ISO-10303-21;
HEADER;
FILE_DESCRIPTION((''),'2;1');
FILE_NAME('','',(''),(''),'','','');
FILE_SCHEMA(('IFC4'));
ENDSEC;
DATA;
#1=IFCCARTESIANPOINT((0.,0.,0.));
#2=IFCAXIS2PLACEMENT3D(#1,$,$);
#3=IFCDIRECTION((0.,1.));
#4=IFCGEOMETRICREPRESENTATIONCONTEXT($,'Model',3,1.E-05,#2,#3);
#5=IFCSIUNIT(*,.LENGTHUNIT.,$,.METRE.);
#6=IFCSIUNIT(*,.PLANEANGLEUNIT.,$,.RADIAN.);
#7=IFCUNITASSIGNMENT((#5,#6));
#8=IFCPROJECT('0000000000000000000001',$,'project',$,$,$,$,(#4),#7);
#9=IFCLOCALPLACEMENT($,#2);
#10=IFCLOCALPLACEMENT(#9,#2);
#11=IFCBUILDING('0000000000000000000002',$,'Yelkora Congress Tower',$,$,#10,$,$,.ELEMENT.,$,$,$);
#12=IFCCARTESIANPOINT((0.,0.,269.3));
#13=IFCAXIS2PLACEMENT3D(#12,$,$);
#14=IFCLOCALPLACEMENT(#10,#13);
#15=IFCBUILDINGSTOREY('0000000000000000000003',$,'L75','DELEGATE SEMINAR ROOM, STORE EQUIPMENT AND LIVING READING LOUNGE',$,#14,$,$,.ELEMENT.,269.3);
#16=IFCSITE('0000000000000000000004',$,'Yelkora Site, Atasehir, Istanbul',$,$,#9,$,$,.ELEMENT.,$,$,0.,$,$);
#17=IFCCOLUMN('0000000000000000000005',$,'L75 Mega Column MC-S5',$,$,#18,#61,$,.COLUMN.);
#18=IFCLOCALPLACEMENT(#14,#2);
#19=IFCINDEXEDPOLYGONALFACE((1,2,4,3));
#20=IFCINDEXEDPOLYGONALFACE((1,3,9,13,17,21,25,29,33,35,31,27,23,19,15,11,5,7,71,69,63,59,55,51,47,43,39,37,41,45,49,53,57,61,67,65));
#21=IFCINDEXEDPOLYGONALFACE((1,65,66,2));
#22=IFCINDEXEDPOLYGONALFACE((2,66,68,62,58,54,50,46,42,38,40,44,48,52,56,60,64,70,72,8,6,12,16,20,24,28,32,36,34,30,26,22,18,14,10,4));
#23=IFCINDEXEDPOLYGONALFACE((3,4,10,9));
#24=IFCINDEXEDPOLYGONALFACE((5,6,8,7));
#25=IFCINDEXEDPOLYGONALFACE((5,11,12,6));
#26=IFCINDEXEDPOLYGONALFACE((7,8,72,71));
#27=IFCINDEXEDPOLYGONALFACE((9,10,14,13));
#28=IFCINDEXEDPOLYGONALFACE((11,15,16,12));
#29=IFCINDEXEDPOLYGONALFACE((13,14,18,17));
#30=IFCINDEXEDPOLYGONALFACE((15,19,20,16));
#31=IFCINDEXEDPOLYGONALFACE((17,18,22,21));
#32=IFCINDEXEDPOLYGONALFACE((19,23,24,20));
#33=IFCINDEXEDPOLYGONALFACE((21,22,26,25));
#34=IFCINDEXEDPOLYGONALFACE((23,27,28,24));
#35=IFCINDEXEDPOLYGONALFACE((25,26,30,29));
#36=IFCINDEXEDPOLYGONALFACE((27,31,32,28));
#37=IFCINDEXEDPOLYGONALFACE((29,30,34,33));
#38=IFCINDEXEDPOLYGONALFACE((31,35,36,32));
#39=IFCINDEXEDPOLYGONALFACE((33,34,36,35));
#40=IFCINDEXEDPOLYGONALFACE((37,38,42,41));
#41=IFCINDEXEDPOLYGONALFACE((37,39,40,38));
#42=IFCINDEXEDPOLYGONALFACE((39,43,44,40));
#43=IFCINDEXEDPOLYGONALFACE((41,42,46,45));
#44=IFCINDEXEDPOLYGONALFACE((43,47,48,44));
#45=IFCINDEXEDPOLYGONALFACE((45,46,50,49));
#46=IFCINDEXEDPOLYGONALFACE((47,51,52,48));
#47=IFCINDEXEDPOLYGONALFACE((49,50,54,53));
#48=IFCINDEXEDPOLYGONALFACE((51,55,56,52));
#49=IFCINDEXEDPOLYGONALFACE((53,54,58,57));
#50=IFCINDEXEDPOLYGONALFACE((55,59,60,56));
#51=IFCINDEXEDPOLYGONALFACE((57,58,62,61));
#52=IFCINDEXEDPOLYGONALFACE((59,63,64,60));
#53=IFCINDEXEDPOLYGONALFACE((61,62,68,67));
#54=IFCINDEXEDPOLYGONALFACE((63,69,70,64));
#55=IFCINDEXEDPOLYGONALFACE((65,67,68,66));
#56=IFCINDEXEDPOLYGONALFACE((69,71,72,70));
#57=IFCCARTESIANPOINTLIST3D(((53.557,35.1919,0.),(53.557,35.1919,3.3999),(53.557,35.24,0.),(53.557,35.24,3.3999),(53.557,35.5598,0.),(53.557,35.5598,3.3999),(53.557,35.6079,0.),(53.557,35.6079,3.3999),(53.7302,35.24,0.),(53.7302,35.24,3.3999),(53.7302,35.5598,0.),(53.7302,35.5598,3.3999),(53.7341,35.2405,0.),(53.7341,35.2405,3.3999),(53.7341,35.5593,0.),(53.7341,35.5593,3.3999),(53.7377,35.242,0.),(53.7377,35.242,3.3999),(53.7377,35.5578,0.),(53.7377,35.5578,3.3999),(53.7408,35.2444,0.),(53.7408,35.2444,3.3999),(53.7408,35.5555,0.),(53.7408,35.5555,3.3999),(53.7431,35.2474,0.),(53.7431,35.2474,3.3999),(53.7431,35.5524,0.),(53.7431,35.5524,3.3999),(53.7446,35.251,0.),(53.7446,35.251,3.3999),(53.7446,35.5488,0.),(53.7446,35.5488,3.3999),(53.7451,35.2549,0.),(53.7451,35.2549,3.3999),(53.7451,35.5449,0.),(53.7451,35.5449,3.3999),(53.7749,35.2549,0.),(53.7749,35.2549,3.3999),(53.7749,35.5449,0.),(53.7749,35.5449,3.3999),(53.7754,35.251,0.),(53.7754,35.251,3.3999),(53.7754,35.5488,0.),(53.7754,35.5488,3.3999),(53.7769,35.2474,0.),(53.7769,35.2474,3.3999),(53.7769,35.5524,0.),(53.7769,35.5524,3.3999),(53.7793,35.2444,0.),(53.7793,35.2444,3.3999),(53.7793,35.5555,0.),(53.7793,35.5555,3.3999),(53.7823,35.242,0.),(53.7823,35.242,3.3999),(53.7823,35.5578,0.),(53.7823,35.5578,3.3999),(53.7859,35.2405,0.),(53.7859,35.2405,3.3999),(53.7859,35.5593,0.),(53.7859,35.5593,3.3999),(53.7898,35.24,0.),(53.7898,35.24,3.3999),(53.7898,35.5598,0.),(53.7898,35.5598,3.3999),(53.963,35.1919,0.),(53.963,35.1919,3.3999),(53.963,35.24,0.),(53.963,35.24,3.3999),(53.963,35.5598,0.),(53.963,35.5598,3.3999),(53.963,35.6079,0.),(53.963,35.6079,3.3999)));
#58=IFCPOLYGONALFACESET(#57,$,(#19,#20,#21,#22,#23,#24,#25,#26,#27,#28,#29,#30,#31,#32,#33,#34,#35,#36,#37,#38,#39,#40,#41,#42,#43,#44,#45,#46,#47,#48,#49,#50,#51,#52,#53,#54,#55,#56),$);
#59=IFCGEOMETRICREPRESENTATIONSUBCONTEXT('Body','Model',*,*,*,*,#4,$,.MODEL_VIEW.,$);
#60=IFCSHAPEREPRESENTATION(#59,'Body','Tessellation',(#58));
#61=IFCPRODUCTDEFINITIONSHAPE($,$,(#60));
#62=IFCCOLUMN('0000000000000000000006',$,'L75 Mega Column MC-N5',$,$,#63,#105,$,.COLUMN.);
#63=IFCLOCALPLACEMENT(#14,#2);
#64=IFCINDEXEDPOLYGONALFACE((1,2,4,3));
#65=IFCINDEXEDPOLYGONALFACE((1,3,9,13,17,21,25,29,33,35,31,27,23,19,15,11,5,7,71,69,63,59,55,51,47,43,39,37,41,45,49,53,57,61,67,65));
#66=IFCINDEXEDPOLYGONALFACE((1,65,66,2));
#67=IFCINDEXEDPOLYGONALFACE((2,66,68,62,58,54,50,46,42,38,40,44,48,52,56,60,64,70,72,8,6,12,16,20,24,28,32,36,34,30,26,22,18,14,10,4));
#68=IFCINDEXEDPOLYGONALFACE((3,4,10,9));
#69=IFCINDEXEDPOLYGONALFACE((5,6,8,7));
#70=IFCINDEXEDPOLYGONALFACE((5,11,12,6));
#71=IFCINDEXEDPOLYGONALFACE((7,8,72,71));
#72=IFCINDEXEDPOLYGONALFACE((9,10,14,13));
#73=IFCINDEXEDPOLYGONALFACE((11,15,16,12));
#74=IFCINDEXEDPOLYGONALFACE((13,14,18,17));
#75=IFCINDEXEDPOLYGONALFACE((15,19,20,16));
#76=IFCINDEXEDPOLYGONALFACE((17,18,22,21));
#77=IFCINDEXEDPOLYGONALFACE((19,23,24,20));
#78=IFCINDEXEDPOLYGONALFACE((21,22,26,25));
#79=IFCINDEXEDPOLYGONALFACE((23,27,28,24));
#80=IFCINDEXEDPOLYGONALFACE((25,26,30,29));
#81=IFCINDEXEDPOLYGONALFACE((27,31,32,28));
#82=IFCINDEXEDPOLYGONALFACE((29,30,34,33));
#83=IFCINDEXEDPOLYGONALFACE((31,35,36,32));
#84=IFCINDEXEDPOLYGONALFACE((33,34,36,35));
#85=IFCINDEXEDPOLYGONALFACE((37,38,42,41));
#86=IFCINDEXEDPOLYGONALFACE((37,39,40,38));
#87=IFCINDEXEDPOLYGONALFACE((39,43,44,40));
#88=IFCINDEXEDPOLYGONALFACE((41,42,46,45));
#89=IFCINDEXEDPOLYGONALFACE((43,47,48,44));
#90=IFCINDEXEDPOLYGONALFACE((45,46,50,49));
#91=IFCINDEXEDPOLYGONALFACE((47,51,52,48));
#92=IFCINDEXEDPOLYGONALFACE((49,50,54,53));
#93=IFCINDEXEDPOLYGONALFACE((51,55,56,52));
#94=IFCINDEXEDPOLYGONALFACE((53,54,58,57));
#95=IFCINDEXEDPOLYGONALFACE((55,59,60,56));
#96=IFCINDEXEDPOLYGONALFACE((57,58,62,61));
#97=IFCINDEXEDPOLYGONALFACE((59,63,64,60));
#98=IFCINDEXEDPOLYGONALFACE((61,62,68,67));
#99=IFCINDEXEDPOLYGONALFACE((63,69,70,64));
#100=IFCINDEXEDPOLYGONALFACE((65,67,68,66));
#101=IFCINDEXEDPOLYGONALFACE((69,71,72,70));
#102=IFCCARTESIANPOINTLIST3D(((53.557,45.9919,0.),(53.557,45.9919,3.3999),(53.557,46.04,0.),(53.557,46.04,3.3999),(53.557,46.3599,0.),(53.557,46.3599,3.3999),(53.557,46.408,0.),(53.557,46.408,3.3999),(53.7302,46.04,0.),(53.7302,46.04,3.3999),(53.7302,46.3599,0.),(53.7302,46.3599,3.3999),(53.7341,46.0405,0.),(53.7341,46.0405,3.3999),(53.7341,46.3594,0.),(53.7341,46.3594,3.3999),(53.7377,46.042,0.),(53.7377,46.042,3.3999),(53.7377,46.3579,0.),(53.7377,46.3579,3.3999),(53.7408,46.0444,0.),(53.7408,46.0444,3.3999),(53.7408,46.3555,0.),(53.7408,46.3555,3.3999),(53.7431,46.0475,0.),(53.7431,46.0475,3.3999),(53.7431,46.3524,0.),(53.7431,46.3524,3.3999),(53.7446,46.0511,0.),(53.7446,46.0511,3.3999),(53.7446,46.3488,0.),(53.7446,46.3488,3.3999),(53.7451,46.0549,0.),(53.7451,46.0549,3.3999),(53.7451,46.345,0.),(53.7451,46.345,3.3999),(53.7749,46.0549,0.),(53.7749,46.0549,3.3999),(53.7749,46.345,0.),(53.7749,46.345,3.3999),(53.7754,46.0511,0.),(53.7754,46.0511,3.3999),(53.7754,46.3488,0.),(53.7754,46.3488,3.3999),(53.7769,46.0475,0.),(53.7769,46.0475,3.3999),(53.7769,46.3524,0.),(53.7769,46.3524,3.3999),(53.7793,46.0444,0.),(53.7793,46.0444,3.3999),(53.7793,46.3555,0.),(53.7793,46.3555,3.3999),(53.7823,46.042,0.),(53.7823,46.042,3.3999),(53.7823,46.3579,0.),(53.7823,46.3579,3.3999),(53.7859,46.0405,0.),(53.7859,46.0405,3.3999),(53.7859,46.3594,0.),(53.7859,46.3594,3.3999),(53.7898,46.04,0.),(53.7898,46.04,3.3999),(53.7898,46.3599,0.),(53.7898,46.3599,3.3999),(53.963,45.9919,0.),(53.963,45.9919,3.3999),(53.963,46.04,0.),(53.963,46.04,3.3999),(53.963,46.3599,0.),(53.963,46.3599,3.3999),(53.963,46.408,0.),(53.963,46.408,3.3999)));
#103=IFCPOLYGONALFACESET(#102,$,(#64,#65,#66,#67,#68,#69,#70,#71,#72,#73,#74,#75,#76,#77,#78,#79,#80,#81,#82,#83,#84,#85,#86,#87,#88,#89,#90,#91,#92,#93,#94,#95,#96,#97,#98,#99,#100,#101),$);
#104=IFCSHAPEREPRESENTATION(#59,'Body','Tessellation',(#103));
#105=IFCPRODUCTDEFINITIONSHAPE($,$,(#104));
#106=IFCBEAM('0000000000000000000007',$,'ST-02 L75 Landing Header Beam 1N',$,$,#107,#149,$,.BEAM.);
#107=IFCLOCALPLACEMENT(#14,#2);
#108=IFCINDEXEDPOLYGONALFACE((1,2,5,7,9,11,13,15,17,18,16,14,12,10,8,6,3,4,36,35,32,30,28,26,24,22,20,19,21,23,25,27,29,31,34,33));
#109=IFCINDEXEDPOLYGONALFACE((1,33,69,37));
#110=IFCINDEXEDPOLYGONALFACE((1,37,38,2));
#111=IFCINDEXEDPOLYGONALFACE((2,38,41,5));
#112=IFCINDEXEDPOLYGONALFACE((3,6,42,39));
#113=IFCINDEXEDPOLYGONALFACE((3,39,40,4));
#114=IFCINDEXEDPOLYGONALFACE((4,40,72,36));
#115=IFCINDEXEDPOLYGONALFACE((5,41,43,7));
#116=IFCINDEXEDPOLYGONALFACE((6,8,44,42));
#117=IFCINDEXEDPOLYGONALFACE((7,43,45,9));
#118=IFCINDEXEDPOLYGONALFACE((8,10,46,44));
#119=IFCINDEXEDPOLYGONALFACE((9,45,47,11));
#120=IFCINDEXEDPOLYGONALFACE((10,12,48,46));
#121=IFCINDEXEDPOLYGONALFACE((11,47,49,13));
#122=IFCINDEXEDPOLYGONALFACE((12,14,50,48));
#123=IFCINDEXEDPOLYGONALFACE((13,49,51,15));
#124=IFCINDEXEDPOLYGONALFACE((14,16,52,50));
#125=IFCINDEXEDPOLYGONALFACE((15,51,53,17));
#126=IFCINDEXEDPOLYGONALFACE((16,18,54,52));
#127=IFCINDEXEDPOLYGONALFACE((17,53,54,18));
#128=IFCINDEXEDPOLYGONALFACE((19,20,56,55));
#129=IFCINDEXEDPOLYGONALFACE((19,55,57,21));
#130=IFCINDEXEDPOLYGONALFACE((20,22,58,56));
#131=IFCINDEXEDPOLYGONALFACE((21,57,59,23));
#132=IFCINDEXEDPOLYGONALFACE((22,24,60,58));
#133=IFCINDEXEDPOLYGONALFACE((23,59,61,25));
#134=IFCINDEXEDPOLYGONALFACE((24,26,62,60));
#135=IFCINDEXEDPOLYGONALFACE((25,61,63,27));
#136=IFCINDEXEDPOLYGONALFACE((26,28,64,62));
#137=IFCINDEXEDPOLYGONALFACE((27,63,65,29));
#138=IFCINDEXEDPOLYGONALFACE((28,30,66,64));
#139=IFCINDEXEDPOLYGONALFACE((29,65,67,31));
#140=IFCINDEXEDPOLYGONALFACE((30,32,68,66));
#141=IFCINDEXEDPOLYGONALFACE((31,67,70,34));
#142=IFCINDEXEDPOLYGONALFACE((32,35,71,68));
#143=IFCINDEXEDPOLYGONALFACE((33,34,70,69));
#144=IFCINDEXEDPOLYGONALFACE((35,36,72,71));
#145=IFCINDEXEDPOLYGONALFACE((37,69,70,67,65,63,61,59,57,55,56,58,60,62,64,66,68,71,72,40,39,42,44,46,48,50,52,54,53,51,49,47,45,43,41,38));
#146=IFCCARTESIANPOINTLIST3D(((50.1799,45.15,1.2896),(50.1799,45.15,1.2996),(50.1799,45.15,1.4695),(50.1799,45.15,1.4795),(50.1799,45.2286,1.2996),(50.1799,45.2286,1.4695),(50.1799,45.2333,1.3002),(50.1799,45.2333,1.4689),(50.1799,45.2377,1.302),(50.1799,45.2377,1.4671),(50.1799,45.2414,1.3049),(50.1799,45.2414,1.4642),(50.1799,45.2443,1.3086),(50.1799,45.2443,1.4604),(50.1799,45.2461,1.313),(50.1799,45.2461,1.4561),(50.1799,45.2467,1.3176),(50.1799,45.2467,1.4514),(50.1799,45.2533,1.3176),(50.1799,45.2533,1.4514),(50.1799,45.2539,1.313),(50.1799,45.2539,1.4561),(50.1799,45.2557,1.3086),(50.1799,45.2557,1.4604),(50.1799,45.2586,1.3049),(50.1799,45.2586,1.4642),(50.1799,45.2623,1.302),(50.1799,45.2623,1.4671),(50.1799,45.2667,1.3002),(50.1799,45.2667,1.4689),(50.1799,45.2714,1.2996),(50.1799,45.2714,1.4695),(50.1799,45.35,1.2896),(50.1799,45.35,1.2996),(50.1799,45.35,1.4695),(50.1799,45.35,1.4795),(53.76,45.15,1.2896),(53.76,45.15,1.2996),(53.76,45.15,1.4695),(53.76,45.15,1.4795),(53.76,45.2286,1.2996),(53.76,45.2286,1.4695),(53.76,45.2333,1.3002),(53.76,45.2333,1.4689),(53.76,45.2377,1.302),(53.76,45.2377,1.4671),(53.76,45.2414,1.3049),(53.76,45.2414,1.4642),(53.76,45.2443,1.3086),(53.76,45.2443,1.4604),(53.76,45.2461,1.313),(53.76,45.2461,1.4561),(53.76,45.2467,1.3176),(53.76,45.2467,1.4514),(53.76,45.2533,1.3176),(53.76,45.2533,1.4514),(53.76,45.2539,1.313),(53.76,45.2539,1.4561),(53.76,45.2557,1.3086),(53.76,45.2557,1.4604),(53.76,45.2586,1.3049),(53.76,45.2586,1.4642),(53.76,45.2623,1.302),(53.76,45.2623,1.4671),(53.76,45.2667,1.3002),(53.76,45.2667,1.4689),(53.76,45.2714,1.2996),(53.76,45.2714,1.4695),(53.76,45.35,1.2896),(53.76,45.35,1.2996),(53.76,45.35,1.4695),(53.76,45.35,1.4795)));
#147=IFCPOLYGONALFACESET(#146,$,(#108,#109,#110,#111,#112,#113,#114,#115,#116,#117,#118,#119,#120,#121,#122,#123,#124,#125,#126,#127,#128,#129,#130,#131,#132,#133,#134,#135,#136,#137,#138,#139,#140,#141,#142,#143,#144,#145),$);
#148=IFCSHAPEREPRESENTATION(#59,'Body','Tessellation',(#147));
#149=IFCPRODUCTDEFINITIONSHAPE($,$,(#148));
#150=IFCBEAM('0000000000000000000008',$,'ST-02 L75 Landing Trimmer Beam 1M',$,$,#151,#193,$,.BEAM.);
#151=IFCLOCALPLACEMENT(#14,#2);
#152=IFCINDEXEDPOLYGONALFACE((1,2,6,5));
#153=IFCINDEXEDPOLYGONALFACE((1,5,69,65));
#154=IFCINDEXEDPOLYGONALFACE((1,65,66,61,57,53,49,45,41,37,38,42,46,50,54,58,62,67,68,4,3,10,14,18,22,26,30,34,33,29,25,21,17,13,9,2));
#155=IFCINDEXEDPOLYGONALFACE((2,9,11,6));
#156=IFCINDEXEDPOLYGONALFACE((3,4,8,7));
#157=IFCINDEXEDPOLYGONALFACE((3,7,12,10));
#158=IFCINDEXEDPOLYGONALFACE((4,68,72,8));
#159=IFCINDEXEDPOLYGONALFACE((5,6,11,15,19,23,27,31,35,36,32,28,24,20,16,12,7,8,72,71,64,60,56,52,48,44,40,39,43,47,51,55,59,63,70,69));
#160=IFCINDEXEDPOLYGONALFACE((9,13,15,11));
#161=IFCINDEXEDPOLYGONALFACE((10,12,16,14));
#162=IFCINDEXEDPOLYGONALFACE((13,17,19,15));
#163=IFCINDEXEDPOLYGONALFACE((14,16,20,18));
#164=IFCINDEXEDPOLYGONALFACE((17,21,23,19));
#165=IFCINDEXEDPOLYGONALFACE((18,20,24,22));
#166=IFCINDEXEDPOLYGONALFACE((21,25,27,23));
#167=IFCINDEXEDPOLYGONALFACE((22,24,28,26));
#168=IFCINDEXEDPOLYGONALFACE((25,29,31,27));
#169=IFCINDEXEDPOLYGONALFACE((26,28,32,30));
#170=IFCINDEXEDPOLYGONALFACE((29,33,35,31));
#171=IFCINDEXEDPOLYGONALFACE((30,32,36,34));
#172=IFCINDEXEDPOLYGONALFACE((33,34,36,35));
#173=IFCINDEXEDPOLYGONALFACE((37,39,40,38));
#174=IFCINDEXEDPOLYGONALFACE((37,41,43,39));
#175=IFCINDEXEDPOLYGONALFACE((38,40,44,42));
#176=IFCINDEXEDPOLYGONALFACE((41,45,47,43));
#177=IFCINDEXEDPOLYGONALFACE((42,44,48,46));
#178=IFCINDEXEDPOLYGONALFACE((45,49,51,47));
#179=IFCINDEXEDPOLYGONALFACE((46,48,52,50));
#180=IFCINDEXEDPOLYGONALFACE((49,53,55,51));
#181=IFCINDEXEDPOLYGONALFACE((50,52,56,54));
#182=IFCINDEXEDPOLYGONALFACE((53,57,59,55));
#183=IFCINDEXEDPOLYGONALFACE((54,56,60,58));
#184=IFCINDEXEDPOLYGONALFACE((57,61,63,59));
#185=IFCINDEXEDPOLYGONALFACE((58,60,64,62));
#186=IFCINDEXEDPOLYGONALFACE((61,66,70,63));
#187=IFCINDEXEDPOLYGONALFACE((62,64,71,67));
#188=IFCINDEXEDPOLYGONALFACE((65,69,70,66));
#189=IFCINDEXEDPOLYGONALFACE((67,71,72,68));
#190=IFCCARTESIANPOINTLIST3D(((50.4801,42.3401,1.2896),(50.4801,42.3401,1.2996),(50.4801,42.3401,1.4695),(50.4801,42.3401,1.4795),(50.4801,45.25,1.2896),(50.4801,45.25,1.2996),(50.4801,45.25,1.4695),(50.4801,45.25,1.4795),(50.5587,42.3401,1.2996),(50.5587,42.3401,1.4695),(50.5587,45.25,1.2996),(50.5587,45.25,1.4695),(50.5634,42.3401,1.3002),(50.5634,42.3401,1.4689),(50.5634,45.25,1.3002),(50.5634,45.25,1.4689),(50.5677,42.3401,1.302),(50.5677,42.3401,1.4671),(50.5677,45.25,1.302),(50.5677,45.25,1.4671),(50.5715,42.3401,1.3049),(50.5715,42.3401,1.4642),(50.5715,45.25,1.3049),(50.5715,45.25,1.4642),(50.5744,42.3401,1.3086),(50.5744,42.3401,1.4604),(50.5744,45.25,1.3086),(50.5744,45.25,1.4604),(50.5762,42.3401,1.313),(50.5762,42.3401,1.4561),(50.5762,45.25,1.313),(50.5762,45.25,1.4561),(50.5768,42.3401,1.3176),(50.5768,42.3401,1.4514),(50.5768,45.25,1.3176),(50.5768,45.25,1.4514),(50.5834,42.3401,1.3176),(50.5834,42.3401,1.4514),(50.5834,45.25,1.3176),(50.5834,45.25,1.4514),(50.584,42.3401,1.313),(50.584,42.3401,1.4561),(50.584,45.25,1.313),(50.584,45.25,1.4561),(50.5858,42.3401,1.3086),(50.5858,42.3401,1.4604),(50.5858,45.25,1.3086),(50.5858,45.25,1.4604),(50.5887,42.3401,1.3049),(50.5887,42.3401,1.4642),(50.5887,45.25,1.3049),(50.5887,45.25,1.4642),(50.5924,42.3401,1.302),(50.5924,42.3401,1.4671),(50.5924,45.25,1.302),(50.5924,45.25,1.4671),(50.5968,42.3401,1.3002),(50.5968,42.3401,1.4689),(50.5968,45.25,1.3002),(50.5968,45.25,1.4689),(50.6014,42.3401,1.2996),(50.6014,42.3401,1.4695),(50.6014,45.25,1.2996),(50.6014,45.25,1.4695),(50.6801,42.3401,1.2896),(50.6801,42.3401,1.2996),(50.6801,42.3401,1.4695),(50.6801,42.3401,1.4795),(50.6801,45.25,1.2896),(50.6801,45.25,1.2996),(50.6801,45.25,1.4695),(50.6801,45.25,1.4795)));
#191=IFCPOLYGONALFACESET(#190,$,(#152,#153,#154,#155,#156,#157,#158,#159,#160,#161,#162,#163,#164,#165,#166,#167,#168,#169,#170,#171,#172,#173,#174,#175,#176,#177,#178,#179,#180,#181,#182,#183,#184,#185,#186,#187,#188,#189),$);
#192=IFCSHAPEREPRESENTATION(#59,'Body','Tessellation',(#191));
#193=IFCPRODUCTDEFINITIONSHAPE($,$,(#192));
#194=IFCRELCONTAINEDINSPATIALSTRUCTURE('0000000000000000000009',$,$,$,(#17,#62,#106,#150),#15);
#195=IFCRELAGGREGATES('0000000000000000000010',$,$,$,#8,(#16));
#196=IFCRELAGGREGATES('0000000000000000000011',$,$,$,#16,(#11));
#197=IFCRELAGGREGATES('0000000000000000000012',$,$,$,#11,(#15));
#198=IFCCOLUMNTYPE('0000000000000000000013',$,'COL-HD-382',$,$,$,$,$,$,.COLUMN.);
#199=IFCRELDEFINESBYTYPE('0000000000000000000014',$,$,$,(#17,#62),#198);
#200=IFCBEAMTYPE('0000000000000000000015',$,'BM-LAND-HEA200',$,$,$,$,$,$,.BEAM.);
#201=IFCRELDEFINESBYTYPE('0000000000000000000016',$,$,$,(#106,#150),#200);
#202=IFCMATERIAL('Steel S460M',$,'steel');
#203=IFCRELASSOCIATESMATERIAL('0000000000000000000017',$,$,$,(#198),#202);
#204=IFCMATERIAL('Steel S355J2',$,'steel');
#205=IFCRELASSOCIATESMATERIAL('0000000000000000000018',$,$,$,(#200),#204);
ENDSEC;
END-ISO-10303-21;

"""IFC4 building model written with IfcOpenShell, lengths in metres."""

from ifc_helpers import new_model, si_unit, direction, frame, origin, origin_2d, place, context, subcontext, project, spatial, i_section, extrude, material, material_profile, profile_set, type_object, element, save


model = new_model("IFC4")

# Units and contexts
model_context = context("Model", 3, precision=1e-05, world=origin(), true_north=direction((0.0, 1.0)))
body_context = subcontext(model_context, "Body", "Model", "MODEL_VIEW")
ifc_project = project(units=[si_unit("LENGTHUNIT", "METRE"), si_unit("PLANEANGLEUNIT", "RADIAN")], contexts=[model_context])

# Site, building, storey
site_placement = place(None, origin())
site = spatial("IfcSite", under=ifc_project, at=site_placement, Name="Yelkora Site, Atasehir, Istanbul", CompositionType="ELEMENT", RefElevation=0.0)
building_placement = place(site_placement, origin())
building = spatial("IfcBuilding", under=site, at=building_placement, Name="Yelkora Congress Tower", CompositionType="ELEMENT")
storey_placement = place(building_placement, frame((0.0, 0.0, 269.3)))
storey = spatial("IfcBuildingStorey", under=building, at=storey_placement, Name="L75", Description="DELEGATE SEMINAR ROOM, STORE EQUIPMENT AND LIVING READING LOUNGE", CompositionType="ELEMENT", Elevation=269.3)

# Columns
ifc_material_1 = material(Name="Steel S460M", Category="steel")
ifc_material_profile_1 = material_profile(ifc_material_1, i_section(OverallWidth=0.406, OverallDepth=0.416, WebThickness=0.0298, FlangeThickness=0.0481, FilletRadius=0.0149, at=origin_2d()), Name="HD 400x382")
ifc_profile_set_1 = profile_set([ifc_material_profile_1], Name="Steel S460M")
column_type = type_object("IfcColumnType", Name="COL-HD-382", PredefinedType="COLUMN", material=ifc_profile_set_1)
for number, where, z_axis, x_axis, name in (
    (1, (53.76, 35.3999, 0.0), (0.0, 0.0, 1.0), (1.0, 0.0, 0.0), "L75 Mega Column MC-S5"),
    (2, (53.76, 46.2, 0.0), (0.0, 0.0, 1.0), (1.0, 0.0, 0.0), "L75 Mega Column MC-N5"),
):
    element("IfcColumn", number, at=place(storey_placement, frame(where, z_axis=z_axis, x_axis=x_axis)), inside=storey, type_object=column_type, Name=name, PredefinedType="COLUMN", context=body_context, shape_type="SweptSolid", body=[
        extrude(i_section(OverallWidth=0.406, OverallDepth=0.416, WebThickness=0.0298, FlangeThickness=0.0481, FilletRadius=0.0149, at=origin_2d()), origin(), (0.0, 0.0, 1.0), 3.3999),
    ])

# Beams
ifc_material_2 = material(Name="Steel S355J2", Category="steel")
ifc_material_profile_2 = material_profile(ifc_material_2, i_section(OverallWidth=0.2, OverallDepth=0.1899, WebThickness=0.0066, FlangeThickness=0.01, FilletRadius=0.0181, at=origin_2d()), Name="HEA 200")
ifc_profile_set_2 = profile_set([ifc_material_profile_2], Name="Steel S355J2")
beam_type = type_object("IfcBeamType", Name="BM-LAND-HEA200", PredefinedType="BEAM", material=ifc_profile_set_2)
beam_1_placement = place(storey_placement, frame((50.1799, 45.25, 1.3845), z_axis=(1.0, 0.0, 0.0), x_axis=(0.0, 1.0, 0.0)))
element("IfcBeam", 3, at=beam_1_placement, inside=storey, type_object=beam_type, Name="ST-02 L75 Landing Header Beam 1N", PredefinedType="BEAM", context=body_context, shape_type="SweptSolid", body=[
    extrude(i_section(OverallWidth=0.2, OverallDepth=0.1899, WebThickness=0.0066, FlangeThickness=0.01, FilletRadius=0.0181, at=origin_2d()), origin(), (0.0, 0.0, 1.0), 3.5801),
])
beam_2_placement = place(storey_placement, frame((50.5801, 42.3401, 1.3845), z_axis=(0.0, 1.0, 0.0), x_axis=(-1.0, 0.0, 0.0)))
element("IfcBeam", 4, at=beam_2_placement, inside=storey, type_object=beam_type, Name="ST-02 L75 Landing Trimmer Beam 1M", PredefinedType="BEAM", context=body_context, shape_type="SweptSolid", body=[
    extrude(i_section(OverallWidth=0.2, OverallDepth=0.1899, WebThickness=0.0066, FlangeThickness=0.01, FilletRadius=0.0181, at=origin_2d()), origin(), (0.0, 0.0, 1.0), 2.9099),
])

save(model, "model.ifc")
